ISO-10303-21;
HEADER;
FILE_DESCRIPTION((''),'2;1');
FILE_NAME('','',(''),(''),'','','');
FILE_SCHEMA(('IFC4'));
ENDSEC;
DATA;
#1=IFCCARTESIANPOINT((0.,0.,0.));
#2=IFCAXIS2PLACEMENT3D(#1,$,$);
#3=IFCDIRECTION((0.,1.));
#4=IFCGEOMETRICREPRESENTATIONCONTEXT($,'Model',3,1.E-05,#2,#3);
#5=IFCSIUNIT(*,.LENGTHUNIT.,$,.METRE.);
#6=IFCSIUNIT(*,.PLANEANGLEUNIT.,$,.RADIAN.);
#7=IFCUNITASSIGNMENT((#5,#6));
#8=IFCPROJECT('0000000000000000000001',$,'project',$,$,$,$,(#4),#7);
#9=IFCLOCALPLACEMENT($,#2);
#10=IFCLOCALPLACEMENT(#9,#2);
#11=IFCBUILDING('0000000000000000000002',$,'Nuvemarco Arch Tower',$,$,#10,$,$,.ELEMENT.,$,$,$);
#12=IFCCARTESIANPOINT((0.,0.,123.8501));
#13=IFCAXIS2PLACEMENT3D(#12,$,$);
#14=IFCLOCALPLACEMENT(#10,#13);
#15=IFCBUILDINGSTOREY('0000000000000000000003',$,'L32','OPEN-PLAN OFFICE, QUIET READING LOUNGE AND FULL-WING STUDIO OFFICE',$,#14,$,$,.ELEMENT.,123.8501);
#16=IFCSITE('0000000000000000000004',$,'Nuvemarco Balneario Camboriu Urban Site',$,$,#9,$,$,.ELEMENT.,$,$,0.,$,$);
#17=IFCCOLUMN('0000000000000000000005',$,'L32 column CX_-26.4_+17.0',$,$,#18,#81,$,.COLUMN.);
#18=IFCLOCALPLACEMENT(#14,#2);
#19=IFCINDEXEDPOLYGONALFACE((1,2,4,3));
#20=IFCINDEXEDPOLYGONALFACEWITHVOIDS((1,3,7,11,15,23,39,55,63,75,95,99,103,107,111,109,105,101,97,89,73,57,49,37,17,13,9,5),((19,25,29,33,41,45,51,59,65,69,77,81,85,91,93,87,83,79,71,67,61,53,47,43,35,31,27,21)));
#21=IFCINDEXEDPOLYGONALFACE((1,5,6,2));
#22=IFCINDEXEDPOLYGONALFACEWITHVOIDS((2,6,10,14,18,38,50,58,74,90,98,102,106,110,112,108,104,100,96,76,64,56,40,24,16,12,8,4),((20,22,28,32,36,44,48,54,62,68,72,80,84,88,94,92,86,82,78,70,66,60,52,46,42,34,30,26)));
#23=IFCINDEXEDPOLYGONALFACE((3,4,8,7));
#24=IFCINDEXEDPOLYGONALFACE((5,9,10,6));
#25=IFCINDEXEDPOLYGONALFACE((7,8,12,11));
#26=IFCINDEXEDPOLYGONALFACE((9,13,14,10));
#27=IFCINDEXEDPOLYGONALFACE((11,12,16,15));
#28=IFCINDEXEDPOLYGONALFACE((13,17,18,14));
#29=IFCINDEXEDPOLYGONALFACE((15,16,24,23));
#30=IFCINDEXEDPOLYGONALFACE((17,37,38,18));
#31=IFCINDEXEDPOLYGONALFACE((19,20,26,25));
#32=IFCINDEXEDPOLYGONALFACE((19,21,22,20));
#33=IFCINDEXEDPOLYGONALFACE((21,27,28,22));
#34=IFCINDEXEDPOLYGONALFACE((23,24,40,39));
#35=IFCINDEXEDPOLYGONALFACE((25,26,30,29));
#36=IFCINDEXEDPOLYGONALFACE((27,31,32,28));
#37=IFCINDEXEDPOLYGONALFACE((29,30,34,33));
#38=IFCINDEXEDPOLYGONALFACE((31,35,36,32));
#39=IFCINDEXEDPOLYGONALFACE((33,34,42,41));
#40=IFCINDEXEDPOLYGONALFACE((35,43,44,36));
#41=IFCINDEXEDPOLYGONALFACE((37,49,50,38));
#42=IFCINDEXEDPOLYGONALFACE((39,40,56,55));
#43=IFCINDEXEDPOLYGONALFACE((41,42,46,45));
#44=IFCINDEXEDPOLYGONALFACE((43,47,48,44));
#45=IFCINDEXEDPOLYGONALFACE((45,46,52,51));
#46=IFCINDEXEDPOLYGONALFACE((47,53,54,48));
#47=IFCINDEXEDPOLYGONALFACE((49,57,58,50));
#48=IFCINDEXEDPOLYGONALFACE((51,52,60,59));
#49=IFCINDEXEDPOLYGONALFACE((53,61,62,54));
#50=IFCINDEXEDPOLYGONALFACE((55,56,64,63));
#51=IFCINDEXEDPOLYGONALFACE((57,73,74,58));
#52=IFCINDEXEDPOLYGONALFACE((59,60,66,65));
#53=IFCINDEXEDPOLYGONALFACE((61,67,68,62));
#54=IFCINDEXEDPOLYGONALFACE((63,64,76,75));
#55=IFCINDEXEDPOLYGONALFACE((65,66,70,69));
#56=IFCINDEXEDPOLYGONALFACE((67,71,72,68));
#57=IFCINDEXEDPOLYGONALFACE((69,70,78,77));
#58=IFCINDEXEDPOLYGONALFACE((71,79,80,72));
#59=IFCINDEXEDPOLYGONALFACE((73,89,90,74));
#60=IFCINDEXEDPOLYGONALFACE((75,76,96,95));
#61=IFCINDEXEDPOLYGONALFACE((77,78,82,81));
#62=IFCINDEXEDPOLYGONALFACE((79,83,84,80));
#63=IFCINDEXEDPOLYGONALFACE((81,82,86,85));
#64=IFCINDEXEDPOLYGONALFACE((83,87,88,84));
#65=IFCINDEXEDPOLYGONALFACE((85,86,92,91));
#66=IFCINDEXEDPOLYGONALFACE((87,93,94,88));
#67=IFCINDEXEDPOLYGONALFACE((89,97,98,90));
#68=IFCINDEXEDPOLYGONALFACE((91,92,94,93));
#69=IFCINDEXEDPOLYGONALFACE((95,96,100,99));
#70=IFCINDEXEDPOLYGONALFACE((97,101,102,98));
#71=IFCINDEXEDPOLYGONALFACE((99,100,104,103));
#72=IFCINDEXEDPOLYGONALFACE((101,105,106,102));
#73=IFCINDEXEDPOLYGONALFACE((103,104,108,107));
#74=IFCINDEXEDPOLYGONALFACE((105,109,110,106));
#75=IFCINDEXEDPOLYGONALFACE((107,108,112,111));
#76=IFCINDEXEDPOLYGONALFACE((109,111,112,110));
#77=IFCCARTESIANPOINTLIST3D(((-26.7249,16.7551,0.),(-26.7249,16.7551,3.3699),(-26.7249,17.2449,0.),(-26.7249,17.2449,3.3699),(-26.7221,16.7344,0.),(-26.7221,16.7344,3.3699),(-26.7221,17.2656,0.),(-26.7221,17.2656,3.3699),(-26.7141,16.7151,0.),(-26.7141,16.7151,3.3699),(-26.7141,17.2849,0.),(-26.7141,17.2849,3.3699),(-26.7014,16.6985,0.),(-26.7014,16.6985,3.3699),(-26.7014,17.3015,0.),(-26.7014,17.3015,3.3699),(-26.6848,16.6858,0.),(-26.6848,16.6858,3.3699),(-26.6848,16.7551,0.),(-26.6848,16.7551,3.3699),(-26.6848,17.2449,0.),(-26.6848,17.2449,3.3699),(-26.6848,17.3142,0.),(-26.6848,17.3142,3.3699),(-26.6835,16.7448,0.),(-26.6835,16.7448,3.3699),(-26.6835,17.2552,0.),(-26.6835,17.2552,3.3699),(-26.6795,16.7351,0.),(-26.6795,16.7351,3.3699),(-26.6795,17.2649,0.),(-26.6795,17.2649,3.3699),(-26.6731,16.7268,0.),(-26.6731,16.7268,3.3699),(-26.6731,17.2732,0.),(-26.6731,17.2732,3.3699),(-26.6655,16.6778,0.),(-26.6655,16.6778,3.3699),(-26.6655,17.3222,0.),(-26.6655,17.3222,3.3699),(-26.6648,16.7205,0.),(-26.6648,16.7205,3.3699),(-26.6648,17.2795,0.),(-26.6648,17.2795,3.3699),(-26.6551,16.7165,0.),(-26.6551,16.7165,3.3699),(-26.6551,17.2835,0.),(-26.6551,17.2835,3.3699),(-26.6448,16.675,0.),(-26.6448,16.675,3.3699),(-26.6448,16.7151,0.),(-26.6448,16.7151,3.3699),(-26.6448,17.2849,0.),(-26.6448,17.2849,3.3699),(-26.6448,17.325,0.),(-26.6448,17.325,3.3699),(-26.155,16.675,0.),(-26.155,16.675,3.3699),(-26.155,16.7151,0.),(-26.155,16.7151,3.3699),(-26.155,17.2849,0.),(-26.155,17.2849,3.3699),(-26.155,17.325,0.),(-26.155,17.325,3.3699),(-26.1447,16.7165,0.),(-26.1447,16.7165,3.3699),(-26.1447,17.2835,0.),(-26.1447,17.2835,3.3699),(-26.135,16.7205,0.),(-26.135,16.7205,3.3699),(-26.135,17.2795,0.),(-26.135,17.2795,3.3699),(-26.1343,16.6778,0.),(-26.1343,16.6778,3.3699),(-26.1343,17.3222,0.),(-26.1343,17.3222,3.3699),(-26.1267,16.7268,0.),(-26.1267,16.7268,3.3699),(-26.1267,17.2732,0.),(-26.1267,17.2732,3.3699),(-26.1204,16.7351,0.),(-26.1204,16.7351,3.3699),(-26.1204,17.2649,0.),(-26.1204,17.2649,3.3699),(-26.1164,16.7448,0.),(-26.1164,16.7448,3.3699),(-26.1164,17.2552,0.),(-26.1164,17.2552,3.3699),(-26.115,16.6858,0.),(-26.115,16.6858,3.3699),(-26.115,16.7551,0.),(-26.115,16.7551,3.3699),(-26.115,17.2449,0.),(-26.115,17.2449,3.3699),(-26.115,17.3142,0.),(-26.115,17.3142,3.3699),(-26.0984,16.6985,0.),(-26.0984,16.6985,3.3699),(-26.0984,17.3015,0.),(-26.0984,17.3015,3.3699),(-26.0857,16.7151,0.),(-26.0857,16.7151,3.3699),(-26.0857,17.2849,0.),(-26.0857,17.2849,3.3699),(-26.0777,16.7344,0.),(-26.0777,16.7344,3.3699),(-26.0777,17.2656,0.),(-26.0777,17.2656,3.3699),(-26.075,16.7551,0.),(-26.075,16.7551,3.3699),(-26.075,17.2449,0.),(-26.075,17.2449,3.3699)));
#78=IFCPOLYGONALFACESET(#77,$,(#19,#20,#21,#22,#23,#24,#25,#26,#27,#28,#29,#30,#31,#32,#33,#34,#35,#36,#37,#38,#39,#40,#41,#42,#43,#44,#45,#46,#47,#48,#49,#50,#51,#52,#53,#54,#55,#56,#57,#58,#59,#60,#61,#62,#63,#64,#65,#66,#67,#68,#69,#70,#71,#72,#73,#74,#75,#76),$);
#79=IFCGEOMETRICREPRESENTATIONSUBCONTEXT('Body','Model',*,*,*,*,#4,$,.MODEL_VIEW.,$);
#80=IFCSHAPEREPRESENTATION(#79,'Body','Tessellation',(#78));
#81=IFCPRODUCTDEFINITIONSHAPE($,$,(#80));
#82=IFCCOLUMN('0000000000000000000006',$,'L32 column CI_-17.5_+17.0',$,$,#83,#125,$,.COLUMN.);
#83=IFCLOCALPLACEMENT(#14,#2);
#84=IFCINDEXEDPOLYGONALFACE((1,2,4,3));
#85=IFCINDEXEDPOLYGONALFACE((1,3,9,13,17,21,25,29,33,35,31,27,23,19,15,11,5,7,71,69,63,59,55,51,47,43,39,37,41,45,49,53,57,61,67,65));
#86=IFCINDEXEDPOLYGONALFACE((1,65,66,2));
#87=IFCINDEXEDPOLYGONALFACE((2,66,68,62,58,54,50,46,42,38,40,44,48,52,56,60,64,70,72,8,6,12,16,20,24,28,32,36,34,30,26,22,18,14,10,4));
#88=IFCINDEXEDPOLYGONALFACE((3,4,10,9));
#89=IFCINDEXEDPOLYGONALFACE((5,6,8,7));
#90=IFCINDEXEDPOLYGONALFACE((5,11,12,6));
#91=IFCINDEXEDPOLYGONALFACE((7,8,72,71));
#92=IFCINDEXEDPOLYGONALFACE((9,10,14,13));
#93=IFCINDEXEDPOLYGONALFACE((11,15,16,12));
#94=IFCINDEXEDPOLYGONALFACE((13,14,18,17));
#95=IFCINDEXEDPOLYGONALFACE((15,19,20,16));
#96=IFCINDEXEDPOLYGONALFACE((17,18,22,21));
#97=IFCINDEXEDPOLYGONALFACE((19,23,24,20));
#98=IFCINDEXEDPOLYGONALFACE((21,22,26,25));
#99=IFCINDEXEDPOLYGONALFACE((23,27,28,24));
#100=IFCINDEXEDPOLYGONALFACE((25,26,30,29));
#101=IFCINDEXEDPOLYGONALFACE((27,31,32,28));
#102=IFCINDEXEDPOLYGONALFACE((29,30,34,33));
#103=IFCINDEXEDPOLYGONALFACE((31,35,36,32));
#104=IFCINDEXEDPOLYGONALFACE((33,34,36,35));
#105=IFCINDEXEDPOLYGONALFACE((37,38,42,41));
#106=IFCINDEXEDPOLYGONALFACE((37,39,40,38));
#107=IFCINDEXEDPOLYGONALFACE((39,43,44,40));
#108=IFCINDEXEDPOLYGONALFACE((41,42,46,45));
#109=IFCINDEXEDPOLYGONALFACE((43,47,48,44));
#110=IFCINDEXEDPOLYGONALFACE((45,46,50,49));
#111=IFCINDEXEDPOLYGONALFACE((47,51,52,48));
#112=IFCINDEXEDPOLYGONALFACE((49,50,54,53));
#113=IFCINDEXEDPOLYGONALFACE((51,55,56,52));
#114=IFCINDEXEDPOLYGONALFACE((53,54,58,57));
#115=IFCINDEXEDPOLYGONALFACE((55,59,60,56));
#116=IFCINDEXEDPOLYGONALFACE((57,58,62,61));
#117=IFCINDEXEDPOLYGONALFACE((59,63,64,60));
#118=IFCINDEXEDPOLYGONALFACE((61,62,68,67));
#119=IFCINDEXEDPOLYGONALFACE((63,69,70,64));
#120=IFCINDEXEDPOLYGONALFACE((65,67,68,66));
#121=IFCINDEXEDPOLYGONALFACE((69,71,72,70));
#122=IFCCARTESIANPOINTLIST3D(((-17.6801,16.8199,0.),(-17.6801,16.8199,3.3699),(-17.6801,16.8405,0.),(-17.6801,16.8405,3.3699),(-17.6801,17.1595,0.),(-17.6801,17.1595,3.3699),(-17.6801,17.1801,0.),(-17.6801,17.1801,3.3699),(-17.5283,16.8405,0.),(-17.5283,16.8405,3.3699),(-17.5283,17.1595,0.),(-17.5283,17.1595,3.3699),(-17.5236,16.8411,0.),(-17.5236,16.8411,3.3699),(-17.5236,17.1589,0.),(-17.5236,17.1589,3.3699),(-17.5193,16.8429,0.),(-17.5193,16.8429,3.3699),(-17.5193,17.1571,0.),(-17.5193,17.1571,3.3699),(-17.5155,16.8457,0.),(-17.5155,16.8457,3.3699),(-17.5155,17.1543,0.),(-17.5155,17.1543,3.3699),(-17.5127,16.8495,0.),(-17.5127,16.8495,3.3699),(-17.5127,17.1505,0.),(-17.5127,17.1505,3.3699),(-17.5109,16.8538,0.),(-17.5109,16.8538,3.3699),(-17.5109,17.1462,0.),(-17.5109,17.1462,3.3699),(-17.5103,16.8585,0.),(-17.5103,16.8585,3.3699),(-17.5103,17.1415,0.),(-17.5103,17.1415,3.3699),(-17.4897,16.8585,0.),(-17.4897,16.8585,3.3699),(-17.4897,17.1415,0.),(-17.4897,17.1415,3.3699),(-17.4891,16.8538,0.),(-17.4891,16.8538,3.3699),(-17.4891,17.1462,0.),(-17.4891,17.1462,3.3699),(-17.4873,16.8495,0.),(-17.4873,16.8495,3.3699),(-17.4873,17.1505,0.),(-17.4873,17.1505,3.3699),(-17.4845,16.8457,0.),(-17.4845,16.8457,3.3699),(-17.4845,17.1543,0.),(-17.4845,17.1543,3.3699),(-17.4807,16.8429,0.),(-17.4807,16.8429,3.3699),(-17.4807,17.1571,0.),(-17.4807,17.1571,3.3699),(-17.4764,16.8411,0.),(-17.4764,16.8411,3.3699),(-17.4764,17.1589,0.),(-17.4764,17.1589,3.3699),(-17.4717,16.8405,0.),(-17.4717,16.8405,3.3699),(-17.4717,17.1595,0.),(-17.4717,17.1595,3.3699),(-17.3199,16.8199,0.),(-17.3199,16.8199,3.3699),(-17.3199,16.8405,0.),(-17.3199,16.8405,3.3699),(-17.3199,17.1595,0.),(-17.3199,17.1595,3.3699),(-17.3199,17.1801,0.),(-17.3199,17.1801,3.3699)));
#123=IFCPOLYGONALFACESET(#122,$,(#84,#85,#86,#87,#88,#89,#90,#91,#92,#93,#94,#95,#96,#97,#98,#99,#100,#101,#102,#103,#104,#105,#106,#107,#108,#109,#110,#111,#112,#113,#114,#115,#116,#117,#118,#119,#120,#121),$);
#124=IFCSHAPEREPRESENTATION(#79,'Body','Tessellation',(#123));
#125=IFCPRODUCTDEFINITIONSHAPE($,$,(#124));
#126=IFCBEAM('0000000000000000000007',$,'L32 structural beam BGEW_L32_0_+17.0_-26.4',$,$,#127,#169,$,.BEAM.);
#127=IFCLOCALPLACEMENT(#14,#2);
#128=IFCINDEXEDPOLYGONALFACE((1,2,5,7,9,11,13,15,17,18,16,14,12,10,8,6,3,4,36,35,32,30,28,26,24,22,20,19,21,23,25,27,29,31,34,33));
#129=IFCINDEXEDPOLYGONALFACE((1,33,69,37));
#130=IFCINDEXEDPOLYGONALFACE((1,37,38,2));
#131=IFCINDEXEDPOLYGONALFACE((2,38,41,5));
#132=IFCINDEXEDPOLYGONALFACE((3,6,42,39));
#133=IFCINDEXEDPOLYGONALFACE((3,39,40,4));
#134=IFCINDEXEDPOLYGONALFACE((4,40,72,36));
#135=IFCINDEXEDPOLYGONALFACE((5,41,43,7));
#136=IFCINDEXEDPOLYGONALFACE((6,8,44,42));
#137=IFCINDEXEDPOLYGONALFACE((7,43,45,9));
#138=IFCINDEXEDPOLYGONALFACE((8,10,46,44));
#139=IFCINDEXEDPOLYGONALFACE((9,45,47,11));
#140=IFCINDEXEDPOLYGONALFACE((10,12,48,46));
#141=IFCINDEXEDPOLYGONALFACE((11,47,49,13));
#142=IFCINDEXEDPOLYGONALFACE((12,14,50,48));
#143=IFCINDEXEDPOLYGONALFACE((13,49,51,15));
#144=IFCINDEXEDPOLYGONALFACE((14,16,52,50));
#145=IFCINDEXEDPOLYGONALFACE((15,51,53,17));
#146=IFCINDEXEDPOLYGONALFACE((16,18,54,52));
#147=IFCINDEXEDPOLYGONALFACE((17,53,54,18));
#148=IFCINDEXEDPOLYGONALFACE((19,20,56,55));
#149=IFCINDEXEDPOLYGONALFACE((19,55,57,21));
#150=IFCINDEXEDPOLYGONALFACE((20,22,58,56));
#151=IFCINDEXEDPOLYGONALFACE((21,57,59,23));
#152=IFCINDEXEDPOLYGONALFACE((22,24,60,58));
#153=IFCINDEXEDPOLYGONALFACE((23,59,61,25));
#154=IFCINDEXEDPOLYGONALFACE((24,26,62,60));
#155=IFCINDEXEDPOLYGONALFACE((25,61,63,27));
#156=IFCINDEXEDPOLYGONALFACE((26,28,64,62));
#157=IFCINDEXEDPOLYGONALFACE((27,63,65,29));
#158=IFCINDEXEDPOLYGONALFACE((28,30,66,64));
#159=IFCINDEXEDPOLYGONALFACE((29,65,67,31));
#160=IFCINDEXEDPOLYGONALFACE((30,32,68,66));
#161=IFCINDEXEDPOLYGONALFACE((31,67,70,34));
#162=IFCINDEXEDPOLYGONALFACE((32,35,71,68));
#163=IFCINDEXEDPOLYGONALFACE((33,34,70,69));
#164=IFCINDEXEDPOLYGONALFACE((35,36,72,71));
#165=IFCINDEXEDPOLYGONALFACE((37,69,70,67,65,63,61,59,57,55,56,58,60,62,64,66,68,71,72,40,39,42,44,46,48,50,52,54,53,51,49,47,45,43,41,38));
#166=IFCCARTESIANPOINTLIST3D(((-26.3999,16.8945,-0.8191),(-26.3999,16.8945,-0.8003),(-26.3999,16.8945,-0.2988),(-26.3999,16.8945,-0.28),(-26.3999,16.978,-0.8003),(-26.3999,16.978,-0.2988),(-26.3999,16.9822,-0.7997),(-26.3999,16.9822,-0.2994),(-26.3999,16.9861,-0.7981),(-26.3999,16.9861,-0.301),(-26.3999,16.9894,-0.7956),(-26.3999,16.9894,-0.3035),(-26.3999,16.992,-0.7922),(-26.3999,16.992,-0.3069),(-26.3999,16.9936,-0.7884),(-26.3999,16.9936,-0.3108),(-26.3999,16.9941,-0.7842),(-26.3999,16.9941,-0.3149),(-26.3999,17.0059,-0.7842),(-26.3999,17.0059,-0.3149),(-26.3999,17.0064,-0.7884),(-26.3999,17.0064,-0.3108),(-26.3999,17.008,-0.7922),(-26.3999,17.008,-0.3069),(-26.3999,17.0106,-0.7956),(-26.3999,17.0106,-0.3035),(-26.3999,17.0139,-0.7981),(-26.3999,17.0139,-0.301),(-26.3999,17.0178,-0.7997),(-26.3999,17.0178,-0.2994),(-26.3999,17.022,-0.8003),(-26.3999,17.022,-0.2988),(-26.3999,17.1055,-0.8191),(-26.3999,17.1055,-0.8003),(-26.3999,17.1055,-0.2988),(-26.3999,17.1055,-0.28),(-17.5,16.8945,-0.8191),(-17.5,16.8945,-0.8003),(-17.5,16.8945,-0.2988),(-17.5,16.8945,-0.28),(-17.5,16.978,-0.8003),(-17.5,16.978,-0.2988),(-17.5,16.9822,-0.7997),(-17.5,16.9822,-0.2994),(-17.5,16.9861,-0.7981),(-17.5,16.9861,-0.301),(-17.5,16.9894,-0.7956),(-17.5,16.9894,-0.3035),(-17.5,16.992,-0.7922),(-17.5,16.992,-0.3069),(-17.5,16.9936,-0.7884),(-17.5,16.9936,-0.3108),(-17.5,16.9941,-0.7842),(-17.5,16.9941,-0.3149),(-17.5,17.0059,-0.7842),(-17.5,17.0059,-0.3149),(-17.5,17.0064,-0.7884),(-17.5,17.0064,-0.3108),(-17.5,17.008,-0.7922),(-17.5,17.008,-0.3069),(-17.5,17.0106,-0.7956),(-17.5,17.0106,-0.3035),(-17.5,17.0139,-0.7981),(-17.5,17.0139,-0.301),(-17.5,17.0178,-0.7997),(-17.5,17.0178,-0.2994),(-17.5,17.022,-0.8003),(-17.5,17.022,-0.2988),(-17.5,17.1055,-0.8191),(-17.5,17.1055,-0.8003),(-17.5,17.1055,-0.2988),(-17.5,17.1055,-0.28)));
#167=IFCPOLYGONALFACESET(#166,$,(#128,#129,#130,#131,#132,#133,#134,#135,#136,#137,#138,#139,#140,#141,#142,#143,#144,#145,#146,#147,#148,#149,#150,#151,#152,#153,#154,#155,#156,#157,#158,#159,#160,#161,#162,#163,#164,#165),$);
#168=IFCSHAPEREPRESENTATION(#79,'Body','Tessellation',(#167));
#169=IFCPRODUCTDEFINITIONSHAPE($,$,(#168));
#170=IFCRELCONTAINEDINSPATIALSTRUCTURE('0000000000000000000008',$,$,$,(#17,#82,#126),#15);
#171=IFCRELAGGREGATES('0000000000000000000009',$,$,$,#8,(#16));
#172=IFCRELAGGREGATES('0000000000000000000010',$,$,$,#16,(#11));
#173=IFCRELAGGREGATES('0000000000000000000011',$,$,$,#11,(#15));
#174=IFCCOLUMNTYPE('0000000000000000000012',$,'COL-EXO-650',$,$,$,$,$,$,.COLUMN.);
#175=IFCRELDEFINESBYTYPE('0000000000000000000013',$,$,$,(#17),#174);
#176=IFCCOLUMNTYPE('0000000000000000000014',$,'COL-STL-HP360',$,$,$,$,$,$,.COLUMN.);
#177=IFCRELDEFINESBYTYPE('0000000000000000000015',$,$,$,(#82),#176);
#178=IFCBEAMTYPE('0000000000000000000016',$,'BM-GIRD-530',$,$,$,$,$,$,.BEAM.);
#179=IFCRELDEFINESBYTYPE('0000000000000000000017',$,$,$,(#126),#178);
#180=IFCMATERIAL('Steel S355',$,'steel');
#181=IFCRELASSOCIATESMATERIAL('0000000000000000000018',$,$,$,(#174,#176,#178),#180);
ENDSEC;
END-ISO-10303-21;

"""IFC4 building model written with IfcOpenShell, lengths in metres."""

from ifc_helpers import new_model, si_unit, direction, frame, origin, origin_2d, place, context, subcontext, project, spatial, hollow_rectangle, i_section, extrude, material, material_profile, profile_set, type_object, element, save


model = new_model("IFC4")

# Units and contexts
model_context = context("Model", 3, precision=1e-05, world=origin(), true_north=direction((0.0, 1.0)))
body_context = subcontext(model_context, "Body", "Model", "MODEL_VIEW")
ifc_project = project(units=[si_unit("LENGTHUNIT", "METRE"), si_unit("PLANEANGLEUNIT", "RADIAN")], contexts=[model_context])

# Site, building, storey
site_placement = place(None, origin())
site = spatial("IfcSite", under=ifc_project, at=site_placement, Name="Nuvemarco Balneario Camboriu Urban Site", CompositionType="ELEMENT", RefElevation=0.0)
building_placement = place(site_placement, origin())
building = spatial("IfcBuilding", under=site, at=building_placement, Name="Nuvemarco Arch Tower", CompositionType="ELEMENT")
storey_placement = place(building_placement, frame((0.0, 0.0, 123.8501)))
storey = spatial("IfcBuildingStorey", under=building, at=storey_placement, Name="L32", Description="OPEN-PLAN OFFICE, QUIET READING LOUNGE AND FULL-WING STUDIO OFFICE", CompositionType="ELEMENT", Elevation=123.8501)

# Columns
ifc_material_1 = material(Name="Steel S355", Category="steel")
ifc_material_profile_1 = material_profile(ifc_material_1, hollow_rectangle(XDim=0.6499, YDim=0.6499, WallThickness=0.04, InnerFilletRadius=0.04, OuterFilletRadius=0.0801, at=origin_2d()), Name="SHS650x650x40")
ifc_profile_set_1 = profile_set([ifc_material_profile_1], Name="Steel S355")
column_type_1 = type_object("IfcColumnType", Name="COL-EXO-650", PredefinedType="COLUMN", material=ifc_profile_set_1)
column_1_placement = place(storey_placement, frame((-26.3999, 17.0, 0.0), z_axis=(0.0, 0.0, 1.0), x_axis=(1.0, 0.0, 0.0)))
element("IfcColumn", 1, at=column_1_placement, inside=storey, type_object=column_type_1, Name="L32 column CX_-26.4_+17.0", PredefinedType="COLUMN", context=body_context, shape_type="SweptSolid", body=[
    extrude(hollow_rectangle(XDim=0.6499, YDim=0.6499, WallThickness=0.04, InnerFilletRadius=0.04, OuterFilletRadius=0.0801, at=origin_2d()), origin(), (0.0, 0.0, 1.0), 3.3699),
])
ifc_material_profile_2 = material_profile(ifc_material_1, i_section(OverallWidth=0.3601, OverallDepth=0.3601, WebThickness=0.0205, FlangeThickness=0.0205, FilletRadius=0.0181, at=origin_2d()), Name="HP360x174")
ifc_profile_set_2 = profile_set([ifc_material_profile_2], Name="Steel S355")
column_type_2 = type_object("IfcColumnType", Name="COL-STL-HP360", PredefinedType="COLUMN", material=ifc_profile_set_2)
column_2_placement = place(storey_placement, frame((-17.5, 17.0, 0.0), z_axis=(0.0, 0.0, 1.0), x_axis=(1.0, 0.0, 0.0)))
element("IfcColumn", 2, at=column_2_placement, inside=storey, type_object=column_type_2, Name="L32 column CI_-17.5_+17.0", PredefinedType="COLUMN", context=body_context, shape_type="SweptSolid", body=[
    extrude(i_section(OverallWidth=0.3601, OverallDepth=0.3601, WebThickness=0.0205, FlangeThickness=0.0205, FilletRadius=0.0181, at=origin_2d()), origin(), (0.0, 0.0, 1.0), 3.3699),
])

# Beam
ifc_material_profile_3 = material_profile(ifc_material_1, i_section(OverallWidth=0.2109, OverallDepth=0.5391, WebThickness=0.0117, FlangeThickness=0.0188, FilletRadius=0.0161, at=origin_2d()), Name="W530x109")
ifc_profile_set_3 = profile_set([ifc_material_profile_3], Name="Steel S355")
beam_type_1 = type_object("IfcBeamType", Name="BM-GIRD-530", PredefinedType="BEAM", material=ifc_profile_set_3)
beam_1_placement = place(storey_placement, frame((-26.3999, 17.0, -0.5496), z_axis=(1.0, 0.0, 0.0), x_axis=(0.0, 1.0, 0.0)))
element("IfcBeam", 3, at=beam_1_placement, inside=storey, type_object=beam_type_1, Name="L32 structural beam BGEW_L32_0_+17.0_-26.4", PredefinedType="BEAM", context=body_context, shape_type="SweptSolid", body=[
    extrude(i_section(OverallWidth=0.2109, OverallDepth=0.5391, WebThickness=0.0117, FlangeThickness=0.0188, FilletRadius=0.0161, at=origin_2d()), origin(), (0.0, 0.0, 1.0), 8.8999),
])

save(model, "model.ifc")
